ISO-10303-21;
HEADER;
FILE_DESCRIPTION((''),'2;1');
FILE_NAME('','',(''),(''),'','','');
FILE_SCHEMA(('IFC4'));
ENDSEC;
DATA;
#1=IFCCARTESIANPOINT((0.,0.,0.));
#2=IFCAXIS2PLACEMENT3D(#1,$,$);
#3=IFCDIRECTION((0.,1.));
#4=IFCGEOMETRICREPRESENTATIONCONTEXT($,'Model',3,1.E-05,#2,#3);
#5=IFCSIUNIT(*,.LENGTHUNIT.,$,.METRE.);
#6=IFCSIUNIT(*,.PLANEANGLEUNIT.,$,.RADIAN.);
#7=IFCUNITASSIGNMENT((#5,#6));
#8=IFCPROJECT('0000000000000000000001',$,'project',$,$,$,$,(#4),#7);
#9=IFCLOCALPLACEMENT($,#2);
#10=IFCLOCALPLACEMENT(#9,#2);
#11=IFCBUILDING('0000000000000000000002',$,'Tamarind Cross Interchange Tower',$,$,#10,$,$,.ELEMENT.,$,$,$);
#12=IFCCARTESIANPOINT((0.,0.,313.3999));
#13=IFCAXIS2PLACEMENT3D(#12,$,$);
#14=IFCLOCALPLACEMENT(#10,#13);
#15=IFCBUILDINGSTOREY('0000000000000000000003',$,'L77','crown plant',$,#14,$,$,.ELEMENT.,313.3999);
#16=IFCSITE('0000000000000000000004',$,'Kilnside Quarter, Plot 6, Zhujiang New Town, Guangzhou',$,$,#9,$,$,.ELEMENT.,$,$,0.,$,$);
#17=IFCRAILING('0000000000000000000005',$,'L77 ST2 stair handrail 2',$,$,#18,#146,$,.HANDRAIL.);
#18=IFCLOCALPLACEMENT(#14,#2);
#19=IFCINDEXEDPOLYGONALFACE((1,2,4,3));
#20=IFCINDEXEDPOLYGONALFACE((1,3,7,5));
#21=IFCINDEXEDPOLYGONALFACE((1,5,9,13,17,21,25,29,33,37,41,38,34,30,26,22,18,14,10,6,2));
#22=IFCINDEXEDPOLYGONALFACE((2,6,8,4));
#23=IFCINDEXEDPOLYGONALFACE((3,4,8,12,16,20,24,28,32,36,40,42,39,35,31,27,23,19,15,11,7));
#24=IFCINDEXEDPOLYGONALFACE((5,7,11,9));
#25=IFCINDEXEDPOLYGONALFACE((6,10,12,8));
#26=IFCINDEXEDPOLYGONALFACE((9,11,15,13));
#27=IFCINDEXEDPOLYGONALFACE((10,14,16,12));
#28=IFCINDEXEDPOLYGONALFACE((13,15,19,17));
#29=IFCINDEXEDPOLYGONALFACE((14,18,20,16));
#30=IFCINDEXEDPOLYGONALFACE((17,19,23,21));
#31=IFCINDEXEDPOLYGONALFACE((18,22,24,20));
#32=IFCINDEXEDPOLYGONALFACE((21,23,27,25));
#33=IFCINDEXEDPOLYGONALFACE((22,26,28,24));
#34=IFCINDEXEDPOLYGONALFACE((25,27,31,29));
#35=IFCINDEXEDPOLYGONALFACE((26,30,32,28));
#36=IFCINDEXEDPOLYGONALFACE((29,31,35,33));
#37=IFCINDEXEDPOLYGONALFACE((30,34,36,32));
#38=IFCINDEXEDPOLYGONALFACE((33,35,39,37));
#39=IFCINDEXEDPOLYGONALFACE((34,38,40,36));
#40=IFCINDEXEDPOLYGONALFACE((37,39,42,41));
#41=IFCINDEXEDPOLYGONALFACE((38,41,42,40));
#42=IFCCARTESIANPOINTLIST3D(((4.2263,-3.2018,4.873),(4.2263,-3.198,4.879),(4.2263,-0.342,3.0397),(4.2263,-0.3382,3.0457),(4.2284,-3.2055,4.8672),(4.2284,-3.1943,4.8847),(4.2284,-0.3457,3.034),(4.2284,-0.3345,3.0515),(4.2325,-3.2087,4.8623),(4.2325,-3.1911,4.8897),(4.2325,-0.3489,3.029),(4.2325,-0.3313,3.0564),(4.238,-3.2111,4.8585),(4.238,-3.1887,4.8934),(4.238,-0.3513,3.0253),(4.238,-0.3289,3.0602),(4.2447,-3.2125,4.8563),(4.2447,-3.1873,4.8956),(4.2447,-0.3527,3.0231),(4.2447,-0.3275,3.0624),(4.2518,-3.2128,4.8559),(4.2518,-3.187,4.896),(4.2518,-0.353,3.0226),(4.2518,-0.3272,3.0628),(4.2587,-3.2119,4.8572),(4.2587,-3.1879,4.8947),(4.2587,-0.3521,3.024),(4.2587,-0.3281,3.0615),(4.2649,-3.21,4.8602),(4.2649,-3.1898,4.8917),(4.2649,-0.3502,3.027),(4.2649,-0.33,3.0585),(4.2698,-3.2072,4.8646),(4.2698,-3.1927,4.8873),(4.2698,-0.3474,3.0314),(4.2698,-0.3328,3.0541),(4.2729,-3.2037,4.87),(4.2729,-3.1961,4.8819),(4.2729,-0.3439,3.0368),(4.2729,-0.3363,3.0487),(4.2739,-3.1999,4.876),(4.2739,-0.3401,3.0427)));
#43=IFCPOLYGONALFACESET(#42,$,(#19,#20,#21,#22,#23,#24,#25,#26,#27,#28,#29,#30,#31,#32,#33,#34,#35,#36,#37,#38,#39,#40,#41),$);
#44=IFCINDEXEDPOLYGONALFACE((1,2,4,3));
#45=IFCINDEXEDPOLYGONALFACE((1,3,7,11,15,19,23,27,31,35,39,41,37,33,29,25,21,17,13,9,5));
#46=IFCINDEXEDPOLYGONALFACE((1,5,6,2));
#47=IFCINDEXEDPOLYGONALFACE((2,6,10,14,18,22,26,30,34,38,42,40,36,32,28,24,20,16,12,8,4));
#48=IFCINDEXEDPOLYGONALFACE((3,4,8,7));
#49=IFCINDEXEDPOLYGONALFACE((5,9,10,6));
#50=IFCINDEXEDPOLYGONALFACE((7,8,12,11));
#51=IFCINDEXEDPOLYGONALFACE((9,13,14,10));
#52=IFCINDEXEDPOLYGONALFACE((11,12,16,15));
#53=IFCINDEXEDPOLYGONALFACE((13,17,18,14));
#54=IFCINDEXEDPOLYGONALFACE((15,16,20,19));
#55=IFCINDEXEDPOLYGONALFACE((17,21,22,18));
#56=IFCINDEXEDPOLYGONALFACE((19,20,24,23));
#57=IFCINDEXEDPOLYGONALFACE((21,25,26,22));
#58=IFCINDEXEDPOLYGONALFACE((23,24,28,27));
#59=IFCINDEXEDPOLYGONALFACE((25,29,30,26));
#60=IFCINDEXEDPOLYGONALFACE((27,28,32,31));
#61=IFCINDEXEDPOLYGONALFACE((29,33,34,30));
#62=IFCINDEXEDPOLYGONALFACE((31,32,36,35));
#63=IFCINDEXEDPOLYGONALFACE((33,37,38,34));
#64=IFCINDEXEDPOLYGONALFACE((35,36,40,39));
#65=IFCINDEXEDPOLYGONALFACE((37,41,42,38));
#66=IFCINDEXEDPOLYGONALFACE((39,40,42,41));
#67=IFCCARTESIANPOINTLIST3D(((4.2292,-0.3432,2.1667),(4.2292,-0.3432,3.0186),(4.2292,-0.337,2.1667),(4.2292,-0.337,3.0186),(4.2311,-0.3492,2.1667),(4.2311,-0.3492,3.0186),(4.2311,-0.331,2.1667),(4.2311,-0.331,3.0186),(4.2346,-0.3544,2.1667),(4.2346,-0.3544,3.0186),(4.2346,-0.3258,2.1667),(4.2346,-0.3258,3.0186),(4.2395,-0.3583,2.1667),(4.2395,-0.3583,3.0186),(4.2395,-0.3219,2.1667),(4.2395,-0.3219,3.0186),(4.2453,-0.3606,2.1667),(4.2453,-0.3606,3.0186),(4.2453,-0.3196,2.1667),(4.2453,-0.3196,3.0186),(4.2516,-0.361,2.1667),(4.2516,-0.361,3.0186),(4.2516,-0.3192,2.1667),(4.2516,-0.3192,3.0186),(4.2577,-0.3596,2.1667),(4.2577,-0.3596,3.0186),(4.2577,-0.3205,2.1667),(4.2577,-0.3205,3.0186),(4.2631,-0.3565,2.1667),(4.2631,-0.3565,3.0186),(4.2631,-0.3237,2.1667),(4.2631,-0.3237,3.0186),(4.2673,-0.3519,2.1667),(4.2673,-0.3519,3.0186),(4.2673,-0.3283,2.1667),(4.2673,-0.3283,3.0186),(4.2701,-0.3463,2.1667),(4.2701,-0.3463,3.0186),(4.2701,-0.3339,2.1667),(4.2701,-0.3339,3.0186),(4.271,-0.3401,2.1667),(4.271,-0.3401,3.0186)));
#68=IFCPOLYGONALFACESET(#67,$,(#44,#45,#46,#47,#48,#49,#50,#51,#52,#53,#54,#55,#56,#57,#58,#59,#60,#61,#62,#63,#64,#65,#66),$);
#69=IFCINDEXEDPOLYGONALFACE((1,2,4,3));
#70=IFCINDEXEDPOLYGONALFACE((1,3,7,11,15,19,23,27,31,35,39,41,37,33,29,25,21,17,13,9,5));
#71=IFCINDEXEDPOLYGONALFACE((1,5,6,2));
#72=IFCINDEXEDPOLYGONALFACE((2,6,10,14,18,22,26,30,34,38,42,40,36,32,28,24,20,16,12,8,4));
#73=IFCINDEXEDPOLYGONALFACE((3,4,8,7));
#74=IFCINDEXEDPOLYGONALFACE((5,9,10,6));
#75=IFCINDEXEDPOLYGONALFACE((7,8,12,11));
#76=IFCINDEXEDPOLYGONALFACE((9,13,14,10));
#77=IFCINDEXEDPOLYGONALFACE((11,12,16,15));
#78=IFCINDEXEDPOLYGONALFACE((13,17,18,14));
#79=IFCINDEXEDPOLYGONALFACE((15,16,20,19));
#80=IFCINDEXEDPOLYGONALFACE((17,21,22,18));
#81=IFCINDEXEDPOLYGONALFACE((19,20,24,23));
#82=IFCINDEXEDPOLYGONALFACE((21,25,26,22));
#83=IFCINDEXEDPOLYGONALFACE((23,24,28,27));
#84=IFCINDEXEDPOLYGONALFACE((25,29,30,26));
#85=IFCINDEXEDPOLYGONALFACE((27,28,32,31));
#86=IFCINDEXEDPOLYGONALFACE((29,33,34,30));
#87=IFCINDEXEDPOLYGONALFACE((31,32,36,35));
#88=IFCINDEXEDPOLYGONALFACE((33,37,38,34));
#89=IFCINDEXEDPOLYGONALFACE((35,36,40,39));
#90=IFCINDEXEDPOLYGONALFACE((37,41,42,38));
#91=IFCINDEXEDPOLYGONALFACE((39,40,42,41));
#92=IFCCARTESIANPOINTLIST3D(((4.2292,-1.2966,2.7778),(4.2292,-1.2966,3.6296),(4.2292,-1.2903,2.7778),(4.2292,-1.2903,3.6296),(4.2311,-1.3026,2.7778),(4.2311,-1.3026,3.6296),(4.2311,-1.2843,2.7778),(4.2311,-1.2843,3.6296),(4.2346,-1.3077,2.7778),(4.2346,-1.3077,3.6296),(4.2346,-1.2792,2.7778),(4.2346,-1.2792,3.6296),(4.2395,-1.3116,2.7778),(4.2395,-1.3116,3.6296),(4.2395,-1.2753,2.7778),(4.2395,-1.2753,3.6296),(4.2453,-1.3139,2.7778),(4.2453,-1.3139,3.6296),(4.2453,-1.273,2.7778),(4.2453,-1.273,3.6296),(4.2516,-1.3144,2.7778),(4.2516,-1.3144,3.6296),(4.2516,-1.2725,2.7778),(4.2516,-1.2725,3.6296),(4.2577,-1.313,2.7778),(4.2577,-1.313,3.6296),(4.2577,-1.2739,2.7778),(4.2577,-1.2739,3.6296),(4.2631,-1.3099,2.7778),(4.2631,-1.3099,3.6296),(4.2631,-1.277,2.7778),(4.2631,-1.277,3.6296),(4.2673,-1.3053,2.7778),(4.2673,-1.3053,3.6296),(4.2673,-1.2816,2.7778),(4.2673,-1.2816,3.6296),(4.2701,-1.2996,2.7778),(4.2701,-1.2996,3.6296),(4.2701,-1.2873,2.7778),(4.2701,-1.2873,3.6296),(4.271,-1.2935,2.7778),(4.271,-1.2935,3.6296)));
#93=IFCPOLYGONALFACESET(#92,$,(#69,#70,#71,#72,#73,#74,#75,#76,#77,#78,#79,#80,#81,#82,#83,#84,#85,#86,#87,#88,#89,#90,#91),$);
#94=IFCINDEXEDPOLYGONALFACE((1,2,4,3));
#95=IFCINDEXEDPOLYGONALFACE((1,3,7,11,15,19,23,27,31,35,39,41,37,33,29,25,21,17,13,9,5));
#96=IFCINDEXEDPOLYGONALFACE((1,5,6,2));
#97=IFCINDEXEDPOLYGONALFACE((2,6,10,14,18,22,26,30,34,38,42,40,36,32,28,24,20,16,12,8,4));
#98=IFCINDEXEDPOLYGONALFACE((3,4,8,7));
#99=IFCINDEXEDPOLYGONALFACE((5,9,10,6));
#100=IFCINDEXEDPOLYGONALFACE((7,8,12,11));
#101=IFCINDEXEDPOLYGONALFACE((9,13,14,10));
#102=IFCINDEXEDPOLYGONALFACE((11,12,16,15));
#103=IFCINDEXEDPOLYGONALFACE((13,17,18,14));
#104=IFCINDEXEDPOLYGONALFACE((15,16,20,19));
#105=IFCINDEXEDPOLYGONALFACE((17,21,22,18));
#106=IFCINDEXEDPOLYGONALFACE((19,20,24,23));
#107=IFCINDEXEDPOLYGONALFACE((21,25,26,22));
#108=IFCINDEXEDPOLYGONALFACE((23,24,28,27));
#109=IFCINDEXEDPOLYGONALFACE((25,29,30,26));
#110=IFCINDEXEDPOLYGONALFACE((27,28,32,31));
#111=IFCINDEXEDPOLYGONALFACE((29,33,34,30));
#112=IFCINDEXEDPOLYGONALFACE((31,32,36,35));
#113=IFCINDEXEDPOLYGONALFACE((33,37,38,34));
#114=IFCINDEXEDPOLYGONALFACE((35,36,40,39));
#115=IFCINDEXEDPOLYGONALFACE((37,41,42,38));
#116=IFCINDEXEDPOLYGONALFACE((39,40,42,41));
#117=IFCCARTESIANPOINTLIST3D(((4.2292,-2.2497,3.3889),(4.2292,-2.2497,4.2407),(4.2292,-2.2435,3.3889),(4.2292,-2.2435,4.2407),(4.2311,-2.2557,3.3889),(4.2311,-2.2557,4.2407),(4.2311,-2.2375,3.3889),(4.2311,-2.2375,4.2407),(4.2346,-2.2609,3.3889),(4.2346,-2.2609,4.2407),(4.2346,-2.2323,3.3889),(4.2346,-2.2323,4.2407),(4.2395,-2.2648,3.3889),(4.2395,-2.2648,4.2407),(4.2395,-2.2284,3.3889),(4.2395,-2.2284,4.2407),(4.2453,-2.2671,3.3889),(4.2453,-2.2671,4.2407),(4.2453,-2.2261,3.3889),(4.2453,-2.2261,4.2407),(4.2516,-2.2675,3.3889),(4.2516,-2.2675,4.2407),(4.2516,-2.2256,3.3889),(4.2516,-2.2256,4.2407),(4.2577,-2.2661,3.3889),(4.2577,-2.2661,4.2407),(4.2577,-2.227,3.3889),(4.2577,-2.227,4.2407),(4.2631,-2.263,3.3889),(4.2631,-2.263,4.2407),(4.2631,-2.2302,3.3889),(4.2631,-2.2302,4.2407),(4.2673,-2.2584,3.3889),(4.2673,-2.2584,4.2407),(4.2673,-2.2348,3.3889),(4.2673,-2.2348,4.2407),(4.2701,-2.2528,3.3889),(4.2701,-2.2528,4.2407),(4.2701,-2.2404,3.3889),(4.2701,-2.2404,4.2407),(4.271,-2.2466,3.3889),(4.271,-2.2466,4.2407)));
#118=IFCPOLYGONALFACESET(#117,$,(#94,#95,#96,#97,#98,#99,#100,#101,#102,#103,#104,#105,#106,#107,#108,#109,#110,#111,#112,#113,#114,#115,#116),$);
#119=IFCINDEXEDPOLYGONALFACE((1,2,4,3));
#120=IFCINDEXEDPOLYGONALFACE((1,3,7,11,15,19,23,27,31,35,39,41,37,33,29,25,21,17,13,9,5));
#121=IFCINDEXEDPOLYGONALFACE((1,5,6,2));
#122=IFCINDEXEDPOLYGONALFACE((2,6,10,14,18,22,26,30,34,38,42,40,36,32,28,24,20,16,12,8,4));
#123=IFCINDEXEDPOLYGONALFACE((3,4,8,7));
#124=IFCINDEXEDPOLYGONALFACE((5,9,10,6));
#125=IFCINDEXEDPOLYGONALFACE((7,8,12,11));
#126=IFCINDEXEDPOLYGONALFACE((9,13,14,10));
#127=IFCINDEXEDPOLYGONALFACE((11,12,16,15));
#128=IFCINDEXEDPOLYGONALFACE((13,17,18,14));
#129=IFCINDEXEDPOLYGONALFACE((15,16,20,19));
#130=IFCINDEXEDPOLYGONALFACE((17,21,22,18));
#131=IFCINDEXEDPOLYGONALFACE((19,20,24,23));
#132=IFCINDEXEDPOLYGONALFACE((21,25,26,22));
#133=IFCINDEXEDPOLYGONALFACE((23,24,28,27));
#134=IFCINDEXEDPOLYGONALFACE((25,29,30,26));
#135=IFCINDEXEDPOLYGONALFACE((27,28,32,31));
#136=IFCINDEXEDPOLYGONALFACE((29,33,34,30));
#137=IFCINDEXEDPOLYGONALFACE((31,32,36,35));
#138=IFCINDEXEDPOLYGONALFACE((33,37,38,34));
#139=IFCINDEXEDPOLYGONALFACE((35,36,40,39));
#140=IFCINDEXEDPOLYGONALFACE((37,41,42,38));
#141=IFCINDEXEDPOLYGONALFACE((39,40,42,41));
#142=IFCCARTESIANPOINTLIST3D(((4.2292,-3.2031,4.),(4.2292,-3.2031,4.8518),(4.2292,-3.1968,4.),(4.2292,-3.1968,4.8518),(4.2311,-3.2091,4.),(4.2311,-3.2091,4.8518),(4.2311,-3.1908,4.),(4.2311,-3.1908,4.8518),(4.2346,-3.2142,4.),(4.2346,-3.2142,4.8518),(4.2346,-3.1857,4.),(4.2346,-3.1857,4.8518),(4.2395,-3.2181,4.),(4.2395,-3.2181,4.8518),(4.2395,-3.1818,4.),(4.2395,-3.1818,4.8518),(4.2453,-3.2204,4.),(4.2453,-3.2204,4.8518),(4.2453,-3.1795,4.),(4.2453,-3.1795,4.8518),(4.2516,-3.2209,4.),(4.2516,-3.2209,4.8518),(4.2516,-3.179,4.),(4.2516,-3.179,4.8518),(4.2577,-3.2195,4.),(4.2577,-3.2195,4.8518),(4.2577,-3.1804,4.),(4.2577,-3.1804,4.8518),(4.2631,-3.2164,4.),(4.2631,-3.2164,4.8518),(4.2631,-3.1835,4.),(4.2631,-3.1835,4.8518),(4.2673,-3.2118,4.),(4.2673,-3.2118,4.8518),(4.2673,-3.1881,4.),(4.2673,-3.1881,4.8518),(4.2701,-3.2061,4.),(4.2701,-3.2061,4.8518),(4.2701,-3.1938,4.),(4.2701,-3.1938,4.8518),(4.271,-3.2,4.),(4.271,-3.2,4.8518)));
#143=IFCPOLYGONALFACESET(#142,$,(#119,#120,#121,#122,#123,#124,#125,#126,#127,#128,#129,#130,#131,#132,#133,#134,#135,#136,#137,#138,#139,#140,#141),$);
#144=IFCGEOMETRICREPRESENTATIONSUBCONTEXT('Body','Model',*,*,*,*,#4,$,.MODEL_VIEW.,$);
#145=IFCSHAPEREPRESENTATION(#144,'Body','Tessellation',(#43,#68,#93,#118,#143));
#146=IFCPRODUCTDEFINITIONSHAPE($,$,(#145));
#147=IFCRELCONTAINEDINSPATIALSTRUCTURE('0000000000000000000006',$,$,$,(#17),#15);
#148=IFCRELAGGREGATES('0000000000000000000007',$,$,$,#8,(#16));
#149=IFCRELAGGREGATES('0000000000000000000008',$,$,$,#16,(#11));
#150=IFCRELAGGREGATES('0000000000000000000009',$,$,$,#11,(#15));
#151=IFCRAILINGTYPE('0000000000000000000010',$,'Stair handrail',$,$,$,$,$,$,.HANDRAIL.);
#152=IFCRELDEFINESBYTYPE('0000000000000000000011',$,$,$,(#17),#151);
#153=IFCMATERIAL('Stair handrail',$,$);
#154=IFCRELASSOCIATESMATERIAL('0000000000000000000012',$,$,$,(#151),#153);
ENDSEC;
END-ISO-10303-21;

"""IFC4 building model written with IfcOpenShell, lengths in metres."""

from ifc_helpers import new_model, si_unit, direction, frame, origin, origin_2d, place, context, subcontext, project, spatial, circle, extrude, material, type_object, element, save


model = new_model("IFC4")

# Units and contexts
model_context = context("Model", 3, precision=1e-05, world=origin(), true_north=direction((0.0, 1.0)))
body_context = subcontext(model_context, "Body", "Model", "MODEL_VIEW")
ifc_project = project(units=[si_unit("LENGTHUNIT", "METRE"), si_unit("PLANEANGLEUNIT", "RADIAN")], contexts=[model_context])

# Site, building, storey
site_placement = place(None, origin())
site = spatial("IfcSite", under=ifc_project, at=site_placement, Name="Kilnside Quarter, Plot 6, Zhujiang New Town, Guangzhou", CompositionType="ELEMENT", RefElevation=0.0)
building_placement = place(site_placement, origin())
building = spatial("IfcBuilding", under=site, at=building_placement, Name="Tamarind Cross Interchange Tower", CompositionType="ELEMENT")
storey_placement = place(building_placement, frame((0.0, 0.0, 313.3999)))
storey = spatial("IfcBuildingStorey", under=building, at=storey_placement, Name="L77", Description="crown plant", CompositionType="ELEMENT", Elevation=313.3999)

# Railing
ifc_material_1 = material(Name="Stair handrail")
railing_type_1 = type_object("IfcRailingType", Name="Stair handrail", PredefinedType="HANDRAIL", material=ifc_material_1)
railing_1_placement = place(storey_placement, frame((4.25, -0.3401, 2.1667)))
element("IfcRailing", 1, at=railing_1_placement, inside=storey, type_object=railing_type_1, Name="L77 ST2 stair handrail 2", PredefinedType="HANDRAIL", context=body_context, shape_type="SweptSolid", body=[
    extrude(circle(Radius=0.0239, at=origin_2d()), frame((0.0, 0.0, 0.876), z_axis=(0.0, -0.841878, 0.539667), x_axis=(1.0, 0.0, 0.0)), (0.0, 0.0, 1.0), 3.397),
    extrude(circle(Radius=0.021, at=origin_2d()), origin(), (0.0, 0.0, 1.0), 0.8518),
    extrude(circle(Radius=0.021, at=origin_2d()), frame((0.0, -0.9534, 0.6111)), (0.0, 0.0, 1.0), 0.8518),
    extrude(circle(Radius=0.021, at=origin_2d()), frame((0.0, -1.9065, 1.2222)), (0.0, 0.0, 1.0), 0.8518),
    extrude(circle(Radius=0.021, at=origin_2d()), frame((0.0, -2.8599, 1.8333)), (0.0, 0.0, 1.0), 0.8518),
])

save(model, "model.ifc")
